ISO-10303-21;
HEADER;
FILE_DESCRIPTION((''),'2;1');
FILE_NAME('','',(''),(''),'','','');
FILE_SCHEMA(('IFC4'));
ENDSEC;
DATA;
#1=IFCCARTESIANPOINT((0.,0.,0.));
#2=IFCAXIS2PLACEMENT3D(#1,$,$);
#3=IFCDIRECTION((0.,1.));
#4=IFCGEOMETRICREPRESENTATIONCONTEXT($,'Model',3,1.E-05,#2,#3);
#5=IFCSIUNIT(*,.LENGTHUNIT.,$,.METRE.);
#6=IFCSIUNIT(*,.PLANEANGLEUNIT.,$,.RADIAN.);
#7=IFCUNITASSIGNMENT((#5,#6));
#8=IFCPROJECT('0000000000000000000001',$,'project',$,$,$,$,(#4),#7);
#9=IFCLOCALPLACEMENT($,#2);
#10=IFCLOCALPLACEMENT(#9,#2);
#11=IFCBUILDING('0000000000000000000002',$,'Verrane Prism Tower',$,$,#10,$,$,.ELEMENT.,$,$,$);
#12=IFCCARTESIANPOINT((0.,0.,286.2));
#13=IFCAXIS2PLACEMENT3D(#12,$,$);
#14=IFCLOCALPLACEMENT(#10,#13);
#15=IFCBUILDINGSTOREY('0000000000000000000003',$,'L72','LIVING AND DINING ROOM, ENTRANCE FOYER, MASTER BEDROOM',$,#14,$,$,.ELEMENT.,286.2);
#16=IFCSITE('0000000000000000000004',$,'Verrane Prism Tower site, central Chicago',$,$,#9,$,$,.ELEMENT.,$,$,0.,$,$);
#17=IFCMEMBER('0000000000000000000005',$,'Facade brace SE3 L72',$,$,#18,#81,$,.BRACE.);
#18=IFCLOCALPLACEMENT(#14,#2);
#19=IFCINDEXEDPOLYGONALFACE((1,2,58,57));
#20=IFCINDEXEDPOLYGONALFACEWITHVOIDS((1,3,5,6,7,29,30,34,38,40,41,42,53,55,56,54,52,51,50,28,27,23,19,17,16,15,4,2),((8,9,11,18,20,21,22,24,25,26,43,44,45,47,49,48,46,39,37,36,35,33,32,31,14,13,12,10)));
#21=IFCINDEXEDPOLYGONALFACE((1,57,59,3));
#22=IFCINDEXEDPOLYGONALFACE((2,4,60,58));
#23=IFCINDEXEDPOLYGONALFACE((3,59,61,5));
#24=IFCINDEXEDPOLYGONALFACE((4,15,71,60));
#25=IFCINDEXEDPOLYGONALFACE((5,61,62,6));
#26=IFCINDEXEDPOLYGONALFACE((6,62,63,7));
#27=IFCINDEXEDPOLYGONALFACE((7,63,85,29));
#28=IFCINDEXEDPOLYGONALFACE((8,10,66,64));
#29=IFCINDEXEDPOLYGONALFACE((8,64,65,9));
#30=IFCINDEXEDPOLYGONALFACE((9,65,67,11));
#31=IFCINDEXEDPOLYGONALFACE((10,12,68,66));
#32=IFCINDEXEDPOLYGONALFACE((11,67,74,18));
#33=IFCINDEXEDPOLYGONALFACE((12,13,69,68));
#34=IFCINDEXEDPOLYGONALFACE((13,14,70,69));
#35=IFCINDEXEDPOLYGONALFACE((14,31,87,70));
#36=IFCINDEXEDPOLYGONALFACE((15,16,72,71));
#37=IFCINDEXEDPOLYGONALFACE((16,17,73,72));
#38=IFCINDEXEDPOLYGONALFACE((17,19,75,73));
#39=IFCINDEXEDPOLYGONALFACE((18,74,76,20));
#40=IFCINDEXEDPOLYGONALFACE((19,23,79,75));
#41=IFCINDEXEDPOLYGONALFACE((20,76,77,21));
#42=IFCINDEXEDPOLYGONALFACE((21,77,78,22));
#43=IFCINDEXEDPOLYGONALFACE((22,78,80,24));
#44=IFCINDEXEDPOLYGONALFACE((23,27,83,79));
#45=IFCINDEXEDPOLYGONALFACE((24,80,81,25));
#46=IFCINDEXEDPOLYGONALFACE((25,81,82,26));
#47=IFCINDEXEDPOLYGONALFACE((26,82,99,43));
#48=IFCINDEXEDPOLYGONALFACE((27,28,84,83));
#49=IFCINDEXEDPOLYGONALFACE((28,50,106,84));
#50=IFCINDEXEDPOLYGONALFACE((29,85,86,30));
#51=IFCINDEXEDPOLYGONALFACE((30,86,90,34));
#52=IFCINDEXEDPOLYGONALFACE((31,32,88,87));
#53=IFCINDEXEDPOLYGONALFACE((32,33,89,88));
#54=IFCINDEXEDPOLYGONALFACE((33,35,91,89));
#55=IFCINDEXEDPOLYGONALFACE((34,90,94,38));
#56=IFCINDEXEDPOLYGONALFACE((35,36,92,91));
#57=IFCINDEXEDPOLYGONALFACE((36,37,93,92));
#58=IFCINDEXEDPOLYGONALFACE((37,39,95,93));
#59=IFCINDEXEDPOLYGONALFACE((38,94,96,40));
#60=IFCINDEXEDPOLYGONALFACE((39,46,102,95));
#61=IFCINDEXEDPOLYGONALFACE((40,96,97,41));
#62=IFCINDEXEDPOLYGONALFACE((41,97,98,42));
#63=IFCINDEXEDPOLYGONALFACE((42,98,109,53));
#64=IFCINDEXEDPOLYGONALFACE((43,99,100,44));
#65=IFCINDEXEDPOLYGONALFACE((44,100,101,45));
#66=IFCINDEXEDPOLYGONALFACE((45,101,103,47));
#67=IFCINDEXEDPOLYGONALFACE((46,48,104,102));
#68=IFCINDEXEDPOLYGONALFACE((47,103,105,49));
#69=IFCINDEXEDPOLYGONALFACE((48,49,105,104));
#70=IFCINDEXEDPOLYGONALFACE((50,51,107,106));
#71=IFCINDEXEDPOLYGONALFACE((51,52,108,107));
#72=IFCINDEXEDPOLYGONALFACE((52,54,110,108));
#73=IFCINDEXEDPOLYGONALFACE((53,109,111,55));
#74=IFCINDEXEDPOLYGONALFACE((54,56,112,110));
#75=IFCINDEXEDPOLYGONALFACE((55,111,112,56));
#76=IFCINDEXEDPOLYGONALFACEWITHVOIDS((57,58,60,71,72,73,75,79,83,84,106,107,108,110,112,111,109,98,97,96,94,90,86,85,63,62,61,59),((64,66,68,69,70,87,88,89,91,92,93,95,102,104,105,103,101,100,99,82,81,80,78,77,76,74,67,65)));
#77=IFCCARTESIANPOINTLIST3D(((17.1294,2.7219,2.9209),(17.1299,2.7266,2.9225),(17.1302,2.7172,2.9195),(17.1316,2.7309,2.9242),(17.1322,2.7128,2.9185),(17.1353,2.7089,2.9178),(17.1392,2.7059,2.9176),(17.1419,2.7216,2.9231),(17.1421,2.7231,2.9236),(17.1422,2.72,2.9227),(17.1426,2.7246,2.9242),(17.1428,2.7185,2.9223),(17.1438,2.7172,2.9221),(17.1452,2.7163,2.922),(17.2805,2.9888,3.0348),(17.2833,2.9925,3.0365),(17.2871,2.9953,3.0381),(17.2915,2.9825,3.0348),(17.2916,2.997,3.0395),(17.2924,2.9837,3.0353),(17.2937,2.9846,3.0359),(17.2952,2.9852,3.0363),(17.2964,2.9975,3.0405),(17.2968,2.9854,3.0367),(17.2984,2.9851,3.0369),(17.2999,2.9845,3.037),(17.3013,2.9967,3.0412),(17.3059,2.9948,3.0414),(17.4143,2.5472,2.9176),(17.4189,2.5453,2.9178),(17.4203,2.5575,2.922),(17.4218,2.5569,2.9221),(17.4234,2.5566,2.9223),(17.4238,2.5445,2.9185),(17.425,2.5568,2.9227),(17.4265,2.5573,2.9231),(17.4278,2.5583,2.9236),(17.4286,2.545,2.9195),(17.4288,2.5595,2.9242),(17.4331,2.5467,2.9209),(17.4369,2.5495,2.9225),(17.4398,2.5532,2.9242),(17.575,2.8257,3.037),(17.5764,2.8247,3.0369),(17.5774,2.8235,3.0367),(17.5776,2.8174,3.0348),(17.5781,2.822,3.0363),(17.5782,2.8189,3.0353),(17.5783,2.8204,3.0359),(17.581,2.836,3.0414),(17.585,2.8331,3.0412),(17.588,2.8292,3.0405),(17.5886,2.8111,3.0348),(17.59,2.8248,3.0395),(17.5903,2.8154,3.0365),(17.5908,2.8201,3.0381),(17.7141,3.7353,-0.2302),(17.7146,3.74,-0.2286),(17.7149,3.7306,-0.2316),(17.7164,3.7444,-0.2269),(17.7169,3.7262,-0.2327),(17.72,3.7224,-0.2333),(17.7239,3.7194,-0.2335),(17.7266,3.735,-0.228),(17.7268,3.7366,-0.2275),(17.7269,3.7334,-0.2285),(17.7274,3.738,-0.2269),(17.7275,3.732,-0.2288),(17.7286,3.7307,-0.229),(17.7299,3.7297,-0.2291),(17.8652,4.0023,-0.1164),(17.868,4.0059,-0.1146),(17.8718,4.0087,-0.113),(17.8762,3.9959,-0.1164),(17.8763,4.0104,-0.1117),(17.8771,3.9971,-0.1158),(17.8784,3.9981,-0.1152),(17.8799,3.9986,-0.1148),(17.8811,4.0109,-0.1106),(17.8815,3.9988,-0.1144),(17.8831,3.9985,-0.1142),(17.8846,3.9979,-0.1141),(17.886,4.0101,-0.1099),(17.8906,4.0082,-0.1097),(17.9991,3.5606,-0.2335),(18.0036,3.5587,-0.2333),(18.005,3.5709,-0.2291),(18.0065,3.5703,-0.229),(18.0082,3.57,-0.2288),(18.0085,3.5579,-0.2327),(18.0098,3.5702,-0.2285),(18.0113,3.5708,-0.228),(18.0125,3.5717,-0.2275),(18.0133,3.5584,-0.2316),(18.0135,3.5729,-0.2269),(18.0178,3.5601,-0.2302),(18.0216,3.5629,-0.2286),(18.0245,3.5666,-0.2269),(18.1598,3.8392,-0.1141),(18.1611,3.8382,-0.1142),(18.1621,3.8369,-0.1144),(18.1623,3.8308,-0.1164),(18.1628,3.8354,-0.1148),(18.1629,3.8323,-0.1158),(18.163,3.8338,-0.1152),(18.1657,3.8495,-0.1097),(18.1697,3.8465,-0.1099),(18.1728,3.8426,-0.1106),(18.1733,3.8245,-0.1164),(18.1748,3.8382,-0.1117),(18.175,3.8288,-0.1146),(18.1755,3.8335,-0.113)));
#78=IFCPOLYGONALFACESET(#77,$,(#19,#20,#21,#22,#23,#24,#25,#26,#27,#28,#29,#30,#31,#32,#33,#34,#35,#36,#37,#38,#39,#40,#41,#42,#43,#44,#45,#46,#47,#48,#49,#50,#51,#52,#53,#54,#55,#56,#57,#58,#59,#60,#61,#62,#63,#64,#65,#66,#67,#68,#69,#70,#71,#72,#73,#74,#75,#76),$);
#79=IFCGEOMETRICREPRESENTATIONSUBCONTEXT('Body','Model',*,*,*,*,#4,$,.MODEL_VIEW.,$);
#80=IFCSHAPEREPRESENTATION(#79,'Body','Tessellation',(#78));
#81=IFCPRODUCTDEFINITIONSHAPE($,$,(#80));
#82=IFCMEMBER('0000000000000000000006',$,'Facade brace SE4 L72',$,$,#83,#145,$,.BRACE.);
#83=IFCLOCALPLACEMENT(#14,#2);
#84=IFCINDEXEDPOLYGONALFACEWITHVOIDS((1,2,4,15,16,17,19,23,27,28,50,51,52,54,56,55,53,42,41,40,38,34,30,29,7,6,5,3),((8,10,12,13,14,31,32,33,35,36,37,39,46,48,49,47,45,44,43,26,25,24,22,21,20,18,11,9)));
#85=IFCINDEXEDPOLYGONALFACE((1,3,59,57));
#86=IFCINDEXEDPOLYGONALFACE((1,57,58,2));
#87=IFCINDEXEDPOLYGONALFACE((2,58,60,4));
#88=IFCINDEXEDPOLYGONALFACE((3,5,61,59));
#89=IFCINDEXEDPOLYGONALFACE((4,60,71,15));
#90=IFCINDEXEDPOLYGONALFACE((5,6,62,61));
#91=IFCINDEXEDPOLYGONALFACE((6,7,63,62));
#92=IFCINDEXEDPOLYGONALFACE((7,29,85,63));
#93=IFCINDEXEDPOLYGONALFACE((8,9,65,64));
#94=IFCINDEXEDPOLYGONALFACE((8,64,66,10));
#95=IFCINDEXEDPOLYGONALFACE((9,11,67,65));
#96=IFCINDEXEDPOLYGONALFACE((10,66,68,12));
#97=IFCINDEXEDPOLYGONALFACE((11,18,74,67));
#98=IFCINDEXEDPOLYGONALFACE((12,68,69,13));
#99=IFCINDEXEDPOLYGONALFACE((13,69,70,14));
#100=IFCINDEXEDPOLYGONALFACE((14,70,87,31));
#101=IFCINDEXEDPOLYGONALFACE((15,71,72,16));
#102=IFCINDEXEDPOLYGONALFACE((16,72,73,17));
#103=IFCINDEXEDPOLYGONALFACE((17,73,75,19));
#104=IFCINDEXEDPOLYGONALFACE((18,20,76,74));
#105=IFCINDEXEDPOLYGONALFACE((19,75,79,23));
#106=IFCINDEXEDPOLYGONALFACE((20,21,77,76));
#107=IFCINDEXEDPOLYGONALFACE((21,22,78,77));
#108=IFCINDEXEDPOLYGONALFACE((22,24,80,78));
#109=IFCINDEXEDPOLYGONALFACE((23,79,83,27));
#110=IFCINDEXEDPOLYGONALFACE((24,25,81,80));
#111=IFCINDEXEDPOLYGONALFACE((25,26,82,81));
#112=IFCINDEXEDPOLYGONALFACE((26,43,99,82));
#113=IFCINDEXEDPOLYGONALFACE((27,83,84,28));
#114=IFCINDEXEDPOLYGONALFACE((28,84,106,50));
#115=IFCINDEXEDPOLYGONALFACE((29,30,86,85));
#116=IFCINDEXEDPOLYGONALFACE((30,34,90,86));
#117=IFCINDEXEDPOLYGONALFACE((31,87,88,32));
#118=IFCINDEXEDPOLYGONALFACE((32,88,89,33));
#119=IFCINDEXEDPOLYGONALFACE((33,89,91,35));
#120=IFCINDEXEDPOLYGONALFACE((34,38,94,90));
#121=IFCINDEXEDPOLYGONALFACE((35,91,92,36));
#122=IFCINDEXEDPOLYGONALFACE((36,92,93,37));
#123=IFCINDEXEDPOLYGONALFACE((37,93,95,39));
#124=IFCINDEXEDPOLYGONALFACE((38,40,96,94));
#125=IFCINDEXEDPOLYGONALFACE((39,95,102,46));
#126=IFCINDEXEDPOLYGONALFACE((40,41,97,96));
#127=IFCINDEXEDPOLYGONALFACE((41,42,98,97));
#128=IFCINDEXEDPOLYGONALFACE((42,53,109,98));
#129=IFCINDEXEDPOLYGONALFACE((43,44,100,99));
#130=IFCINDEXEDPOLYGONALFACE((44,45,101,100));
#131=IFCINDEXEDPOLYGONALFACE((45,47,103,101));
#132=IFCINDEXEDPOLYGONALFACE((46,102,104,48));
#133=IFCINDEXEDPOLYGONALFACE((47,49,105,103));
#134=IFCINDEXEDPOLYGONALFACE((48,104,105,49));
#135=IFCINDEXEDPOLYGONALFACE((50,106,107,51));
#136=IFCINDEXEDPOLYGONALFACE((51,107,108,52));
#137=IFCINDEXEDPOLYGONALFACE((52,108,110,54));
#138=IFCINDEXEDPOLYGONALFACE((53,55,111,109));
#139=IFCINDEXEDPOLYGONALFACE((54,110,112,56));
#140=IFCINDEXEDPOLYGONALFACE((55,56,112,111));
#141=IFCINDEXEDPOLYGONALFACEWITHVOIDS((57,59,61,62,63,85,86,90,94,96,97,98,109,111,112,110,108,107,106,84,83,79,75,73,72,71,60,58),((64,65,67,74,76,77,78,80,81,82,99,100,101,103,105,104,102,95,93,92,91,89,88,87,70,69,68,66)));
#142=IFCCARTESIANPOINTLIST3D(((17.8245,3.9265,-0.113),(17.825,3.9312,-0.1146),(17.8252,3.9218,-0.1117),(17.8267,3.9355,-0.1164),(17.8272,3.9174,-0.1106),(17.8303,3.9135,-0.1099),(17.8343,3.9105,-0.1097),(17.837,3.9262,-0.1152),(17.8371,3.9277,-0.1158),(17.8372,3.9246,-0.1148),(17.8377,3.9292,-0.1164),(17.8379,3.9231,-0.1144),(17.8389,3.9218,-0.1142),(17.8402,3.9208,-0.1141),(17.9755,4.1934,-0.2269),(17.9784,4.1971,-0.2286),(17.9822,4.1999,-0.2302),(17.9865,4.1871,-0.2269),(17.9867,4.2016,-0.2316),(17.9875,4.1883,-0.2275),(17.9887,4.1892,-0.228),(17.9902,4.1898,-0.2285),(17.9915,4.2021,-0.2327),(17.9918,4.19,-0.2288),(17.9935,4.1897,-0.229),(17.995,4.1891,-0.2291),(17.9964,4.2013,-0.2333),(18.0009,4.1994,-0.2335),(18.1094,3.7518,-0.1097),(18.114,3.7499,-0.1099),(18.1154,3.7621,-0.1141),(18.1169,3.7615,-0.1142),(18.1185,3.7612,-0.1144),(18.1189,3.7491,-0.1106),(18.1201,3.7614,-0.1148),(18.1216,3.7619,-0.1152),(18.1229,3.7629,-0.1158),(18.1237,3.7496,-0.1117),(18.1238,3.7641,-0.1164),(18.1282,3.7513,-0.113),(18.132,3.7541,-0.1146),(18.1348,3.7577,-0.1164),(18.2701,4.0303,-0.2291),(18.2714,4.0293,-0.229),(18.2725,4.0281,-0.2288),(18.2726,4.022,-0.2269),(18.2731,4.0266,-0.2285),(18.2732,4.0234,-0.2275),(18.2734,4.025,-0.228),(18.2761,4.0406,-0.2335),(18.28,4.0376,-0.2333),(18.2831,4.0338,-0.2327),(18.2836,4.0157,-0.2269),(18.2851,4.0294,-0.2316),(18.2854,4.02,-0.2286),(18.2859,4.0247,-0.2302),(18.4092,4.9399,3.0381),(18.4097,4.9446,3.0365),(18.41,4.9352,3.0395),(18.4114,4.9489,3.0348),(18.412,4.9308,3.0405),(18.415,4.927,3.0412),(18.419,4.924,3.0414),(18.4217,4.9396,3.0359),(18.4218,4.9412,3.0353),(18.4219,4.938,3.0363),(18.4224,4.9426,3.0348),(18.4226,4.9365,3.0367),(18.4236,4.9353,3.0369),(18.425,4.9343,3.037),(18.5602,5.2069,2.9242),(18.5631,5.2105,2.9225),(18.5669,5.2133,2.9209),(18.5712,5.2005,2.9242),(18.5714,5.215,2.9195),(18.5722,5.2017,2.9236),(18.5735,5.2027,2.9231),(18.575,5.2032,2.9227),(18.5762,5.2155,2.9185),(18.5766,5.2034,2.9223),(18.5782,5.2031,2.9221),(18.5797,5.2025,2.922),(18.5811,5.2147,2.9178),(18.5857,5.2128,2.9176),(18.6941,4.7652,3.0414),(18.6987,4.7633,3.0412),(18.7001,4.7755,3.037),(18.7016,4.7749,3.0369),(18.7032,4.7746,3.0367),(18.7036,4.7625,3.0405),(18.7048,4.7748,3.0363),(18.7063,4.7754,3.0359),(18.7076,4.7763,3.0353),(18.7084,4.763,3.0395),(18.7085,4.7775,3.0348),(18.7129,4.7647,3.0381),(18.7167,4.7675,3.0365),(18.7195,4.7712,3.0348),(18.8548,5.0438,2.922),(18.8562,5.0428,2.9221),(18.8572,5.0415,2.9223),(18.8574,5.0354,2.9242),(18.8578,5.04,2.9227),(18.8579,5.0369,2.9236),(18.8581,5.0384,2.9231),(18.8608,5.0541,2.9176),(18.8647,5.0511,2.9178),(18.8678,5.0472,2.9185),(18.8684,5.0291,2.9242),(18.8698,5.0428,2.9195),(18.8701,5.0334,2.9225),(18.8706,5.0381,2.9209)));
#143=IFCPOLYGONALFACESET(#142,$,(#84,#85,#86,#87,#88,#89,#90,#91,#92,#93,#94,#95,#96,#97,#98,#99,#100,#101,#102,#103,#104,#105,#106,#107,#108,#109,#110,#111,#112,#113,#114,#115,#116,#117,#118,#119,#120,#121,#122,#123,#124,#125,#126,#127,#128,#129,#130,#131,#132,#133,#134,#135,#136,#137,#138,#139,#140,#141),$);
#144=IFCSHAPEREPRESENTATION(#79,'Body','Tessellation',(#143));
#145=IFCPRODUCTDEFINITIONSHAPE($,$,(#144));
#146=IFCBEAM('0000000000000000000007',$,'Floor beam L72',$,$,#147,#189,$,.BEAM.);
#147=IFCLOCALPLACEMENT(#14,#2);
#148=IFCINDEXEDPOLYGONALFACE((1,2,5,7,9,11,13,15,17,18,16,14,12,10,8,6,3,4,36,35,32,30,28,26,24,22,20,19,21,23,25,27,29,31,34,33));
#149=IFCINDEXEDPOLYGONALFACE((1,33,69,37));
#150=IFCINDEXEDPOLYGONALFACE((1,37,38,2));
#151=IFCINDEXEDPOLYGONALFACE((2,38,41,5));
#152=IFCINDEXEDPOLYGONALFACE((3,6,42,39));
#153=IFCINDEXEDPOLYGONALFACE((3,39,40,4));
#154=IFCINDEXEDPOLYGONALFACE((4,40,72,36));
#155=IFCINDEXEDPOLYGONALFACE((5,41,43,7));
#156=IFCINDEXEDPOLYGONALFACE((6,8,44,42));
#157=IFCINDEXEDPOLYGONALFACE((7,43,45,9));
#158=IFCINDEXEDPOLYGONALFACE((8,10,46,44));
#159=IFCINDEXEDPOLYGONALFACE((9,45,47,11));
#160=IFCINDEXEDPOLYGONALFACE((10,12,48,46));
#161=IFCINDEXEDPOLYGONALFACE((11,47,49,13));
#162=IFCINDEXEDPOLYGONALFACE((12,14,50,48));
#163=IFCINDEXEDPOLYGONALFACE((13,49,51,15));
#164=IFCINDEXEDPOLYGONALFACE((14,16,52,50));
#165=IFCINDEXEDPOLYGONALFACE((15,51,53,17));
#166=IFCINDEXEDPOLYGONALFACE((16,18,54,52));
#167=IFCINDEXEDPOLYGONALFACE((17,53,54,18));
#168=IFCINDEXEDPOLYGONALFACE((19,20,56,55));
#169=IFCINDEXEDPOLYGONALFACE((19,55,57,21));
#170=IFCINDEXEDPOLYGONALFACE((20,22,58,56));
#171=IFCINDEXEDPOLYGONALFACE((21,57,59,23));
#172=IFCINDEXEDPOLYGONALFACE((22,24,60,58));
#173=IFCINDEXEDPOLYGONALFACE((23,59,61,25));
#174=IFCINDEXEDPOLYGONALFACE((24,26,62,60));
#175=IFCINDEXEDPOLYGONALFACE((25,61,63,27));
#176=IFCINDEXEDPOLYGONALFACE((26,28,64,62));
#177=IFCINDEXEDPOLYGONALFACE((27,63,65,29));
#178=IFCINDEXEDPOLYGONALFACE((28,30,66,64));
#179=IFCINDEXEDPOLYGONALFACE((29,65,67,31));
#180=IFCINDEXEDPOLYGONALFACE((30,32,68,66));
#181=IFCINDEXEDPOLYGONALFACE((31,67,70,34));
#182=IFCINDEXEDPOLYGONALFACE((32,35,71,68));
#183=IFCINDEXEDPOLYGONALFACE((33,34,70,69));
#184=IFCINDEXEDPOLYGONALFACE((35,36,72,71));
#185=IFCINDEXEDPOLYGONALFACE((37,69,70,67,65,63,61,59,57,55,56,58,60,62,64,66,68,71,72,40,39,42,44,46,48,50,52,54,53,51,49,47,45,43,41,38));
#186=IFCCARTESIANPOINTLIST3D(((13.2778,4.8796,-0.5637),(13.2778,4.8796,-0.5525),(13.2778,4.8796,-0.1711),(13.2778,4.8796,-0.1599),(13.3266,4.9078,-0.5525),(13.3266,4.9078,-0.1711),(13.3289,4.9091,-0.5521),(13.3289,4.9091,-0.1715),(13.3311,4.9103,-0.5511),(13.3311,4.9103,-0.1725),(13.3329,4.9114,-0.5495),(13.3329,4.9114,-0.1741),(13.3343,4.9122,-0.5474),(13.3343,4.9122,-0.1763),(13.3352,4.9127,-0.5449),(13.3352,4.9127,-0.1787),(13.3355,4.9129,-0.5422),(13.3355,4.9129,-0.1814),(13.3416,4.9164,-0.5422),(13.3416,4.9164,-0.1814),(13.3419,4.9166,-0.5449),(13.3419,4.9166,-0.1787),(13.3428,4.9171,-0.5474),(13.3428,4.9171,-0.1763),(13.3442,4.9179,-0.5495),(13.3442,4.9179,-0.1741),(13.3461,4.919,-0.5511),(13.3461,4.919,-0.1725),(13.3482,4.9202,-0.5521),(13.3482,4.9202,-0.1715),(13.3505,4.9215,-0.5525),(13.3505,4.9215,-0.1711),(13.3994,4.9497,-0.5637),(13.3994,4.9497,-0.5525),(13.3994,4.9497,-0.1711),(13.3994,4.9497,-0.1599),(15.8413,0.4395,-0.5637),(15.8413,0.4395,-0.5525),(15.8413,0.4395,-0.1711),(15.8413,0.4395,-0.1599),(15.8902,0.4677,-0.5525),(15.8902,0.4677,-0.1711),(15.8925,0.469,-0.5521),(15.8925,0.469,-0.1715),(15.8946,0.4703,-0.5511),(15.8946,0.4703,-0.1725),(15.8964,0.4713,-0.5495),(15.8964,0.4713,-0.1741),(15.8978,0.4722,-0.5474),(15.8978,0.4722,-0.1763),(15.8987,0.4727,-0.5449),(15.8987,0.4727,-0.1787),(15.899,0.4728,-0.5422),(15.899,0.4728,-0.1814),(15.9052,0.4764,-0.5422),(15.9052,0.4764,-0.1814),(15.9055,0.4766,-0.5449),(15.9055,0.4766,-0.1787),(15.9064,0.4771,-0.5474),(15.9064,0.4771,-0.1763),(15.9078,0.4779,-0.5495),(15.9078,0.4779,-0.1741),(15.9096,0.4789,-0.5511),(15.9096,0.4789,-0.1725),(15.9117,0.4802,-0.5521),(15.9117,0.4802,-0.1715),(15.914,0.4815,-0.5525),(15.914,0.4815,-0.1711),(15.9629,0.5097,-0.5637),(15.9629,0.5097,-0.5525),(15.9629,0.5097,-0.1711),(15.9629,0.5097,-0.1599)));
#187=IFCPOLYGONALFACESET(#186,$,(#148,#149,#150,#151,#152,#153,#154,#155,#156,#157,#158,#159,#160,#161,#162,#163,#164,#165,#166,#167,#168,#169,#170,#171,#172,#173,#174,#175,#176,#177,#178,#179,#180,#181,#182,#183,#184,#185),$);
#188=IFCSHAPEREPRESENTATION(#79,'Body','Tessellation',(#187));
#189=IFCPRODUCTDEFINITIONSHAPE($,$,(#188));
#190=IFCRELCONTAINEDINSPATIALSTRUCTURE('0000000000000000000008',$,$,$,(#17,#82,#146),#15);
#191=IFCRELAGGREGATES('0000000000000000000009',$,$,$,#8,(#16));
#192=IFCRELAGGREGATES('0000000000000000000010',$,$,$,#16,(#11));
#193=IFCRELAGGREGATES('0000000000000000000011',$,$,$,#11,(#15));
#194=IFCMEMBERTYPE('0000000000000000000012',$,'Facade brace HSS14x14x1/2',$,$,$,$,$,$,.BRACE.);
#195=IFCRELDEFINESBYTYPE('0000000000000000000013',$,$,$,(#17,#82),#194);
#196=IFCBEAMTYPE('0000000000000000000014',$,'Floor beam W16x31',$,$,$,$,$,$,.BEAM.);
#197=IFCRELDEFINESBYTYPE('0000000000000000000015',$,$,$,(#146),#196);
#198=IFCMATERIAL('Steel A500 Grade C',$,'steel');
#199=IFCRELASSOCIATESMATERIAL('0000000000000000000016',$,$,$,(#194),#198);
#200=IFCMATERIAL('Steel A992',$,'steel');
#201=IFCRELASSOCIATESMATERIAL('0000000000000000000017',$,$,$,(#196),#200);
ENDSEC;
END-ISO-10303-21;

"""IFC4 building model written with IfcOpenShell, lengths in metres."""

from ifc_helpers import new_model, si_unit, direction, frame, origin, origin_2d, place, context, subcontext, project, spatial, hollow_rectangle, i_section, extrude, material, material_profile, profile_set, type_object, element, save


model = new_model("IFC4")

# Units and contexts
model_context = context("Model", 3, precision=1e-05, world=origin(), true_north=direction((0.0, 1.0)))
body_context = subcontext(model_context, "Body", "Model", "MODEL_VIEW")
ifc_project = project(units=[si_unit("LENGTHUNIT", "METRE"), si_unit("PLANEANGLEUNIT", "RADIAN")], contexts=[model_context])

# Site, building, storey
site_placement = place(None, origin())
site = spatial("IfcSite", under=ifc_project, at=site_placement, Name="Verrane Prism Tower site, central Chicago", CompositionType="ELEMENT", RefElevation=0.0)
building_placement = place(site_placement, origin())
building = spatial("IfcBuilding", under=site, at=building_placement, Name="Verrane Prism Tower", CompositionType="ELEMENT")
storey_placement = place(building_placement, frame((0.0, 0.0, 286.2)))
storey = spatial("IfcBuildingStorey", under=building, at=storey_placement, Name="L72", Description="LIVING AND DINING ROOM, ENTRANCE FOYER, MASTER BEDROOM", CompositionType="ELEMENT", Elevation=286.2)

# Members
ifc_material_1 = material(Name="Steel A500 Grade C", Category="steel")
ifc_material_profile_1 = material_profile(ifc_material_1, hollow_rectangle(XDim=0.3557, YDim=0.3557, WallThickness=0.0127, InnerFilletRadius=0.0063, OuterFilletRadius=0.019, at=origin_2d()), Name="HSS14x14x1/2")
ifc_profile_set_1 = profile_set([ifc_material_profile_1], Name="Steel A500 Grade C")
member_type_1 = type_object("IfcMemberType", Name="Facade brace HSS14x14x1/2", PredefinedType="BRACE", material=ifc_profile_set_1)
for number, where, z_axis, x_axis, name in (
    (1, (17.9448, 3.7844, -0.1716), (-0.173954, -0.301497, 0.937465), (0.866168, -0.499753, 0.0), "Facade brace SE3 L72"),
    (2, (18.0552, 3.9756, -0.1716), (0.173954, 0.301497, 0.937465), (-0.866168, 0.499753, 0.0), "Facade brace SE4 L72"),
):
    element("IfcMember", number, at=place(storey_placement, frame(where, z_axis=z_axis, x_axis=x_axis)), inside=storey, type_object=member_type_1, Name=name, PredefinedType="BRACE", context=body_context, shape_type="SweptSolid", body=[
        extrude(hollow_rectangle(XDim=0.3557, YDim=0.3557, WallThickness=0.0127, InnerFilletRadius=0.0063, OuterFilletRadius=0.019, at=origin_2d()), origin(), (0.0, 0.0, 1.0), 3.3613),
    ])

# Beam
ifc_material_2 = material(Name="Steel A992", Category="steel")
ifc_material_profile_2 = material_profile(ifc_material_2, i_section(OverallWidth=0.1404, OverallDepth=0.4038, WebThickness=0.0071, FlangeThickness=0.0112, FilletRadius=0.0103, at=origin_2d()), Name="W16x31")
ifc_profile_set_2 = profile_set([ifc_material_profile_2], Name="Steel A992")
beam_type_1 = type_object("IfcBeamType", Name="Floor beam W16x31", PredefinedType="BEAM", material=ifc_profile_set_2)
beam_1_placement = place(storey_placement, frame((15.9021, 0.4746, -0.3618), z_axis=(-0.500011, 0.866019, 0.0), x_axis=(-0.866019, -0.500011, 0.0)))
element("IfcBeam", 3, at=beam_1_placement, inside=storey, type_object=beam_type_1, Name="Floor beam L72", PredefinedType="BEAM", context=body_context, shape_type="SweptSolid", body=[
    extrude(i_section(OverallWidth=0.1404, OverallDepth=0.4038, WebThickness=0.0071, FlangeThickness=0.0112, FilletRadius=0.0103, at=origin_2d()), origin(), (0.0, 0.0, 1.0), 5.127),
])

save(model, "model.ifc")
